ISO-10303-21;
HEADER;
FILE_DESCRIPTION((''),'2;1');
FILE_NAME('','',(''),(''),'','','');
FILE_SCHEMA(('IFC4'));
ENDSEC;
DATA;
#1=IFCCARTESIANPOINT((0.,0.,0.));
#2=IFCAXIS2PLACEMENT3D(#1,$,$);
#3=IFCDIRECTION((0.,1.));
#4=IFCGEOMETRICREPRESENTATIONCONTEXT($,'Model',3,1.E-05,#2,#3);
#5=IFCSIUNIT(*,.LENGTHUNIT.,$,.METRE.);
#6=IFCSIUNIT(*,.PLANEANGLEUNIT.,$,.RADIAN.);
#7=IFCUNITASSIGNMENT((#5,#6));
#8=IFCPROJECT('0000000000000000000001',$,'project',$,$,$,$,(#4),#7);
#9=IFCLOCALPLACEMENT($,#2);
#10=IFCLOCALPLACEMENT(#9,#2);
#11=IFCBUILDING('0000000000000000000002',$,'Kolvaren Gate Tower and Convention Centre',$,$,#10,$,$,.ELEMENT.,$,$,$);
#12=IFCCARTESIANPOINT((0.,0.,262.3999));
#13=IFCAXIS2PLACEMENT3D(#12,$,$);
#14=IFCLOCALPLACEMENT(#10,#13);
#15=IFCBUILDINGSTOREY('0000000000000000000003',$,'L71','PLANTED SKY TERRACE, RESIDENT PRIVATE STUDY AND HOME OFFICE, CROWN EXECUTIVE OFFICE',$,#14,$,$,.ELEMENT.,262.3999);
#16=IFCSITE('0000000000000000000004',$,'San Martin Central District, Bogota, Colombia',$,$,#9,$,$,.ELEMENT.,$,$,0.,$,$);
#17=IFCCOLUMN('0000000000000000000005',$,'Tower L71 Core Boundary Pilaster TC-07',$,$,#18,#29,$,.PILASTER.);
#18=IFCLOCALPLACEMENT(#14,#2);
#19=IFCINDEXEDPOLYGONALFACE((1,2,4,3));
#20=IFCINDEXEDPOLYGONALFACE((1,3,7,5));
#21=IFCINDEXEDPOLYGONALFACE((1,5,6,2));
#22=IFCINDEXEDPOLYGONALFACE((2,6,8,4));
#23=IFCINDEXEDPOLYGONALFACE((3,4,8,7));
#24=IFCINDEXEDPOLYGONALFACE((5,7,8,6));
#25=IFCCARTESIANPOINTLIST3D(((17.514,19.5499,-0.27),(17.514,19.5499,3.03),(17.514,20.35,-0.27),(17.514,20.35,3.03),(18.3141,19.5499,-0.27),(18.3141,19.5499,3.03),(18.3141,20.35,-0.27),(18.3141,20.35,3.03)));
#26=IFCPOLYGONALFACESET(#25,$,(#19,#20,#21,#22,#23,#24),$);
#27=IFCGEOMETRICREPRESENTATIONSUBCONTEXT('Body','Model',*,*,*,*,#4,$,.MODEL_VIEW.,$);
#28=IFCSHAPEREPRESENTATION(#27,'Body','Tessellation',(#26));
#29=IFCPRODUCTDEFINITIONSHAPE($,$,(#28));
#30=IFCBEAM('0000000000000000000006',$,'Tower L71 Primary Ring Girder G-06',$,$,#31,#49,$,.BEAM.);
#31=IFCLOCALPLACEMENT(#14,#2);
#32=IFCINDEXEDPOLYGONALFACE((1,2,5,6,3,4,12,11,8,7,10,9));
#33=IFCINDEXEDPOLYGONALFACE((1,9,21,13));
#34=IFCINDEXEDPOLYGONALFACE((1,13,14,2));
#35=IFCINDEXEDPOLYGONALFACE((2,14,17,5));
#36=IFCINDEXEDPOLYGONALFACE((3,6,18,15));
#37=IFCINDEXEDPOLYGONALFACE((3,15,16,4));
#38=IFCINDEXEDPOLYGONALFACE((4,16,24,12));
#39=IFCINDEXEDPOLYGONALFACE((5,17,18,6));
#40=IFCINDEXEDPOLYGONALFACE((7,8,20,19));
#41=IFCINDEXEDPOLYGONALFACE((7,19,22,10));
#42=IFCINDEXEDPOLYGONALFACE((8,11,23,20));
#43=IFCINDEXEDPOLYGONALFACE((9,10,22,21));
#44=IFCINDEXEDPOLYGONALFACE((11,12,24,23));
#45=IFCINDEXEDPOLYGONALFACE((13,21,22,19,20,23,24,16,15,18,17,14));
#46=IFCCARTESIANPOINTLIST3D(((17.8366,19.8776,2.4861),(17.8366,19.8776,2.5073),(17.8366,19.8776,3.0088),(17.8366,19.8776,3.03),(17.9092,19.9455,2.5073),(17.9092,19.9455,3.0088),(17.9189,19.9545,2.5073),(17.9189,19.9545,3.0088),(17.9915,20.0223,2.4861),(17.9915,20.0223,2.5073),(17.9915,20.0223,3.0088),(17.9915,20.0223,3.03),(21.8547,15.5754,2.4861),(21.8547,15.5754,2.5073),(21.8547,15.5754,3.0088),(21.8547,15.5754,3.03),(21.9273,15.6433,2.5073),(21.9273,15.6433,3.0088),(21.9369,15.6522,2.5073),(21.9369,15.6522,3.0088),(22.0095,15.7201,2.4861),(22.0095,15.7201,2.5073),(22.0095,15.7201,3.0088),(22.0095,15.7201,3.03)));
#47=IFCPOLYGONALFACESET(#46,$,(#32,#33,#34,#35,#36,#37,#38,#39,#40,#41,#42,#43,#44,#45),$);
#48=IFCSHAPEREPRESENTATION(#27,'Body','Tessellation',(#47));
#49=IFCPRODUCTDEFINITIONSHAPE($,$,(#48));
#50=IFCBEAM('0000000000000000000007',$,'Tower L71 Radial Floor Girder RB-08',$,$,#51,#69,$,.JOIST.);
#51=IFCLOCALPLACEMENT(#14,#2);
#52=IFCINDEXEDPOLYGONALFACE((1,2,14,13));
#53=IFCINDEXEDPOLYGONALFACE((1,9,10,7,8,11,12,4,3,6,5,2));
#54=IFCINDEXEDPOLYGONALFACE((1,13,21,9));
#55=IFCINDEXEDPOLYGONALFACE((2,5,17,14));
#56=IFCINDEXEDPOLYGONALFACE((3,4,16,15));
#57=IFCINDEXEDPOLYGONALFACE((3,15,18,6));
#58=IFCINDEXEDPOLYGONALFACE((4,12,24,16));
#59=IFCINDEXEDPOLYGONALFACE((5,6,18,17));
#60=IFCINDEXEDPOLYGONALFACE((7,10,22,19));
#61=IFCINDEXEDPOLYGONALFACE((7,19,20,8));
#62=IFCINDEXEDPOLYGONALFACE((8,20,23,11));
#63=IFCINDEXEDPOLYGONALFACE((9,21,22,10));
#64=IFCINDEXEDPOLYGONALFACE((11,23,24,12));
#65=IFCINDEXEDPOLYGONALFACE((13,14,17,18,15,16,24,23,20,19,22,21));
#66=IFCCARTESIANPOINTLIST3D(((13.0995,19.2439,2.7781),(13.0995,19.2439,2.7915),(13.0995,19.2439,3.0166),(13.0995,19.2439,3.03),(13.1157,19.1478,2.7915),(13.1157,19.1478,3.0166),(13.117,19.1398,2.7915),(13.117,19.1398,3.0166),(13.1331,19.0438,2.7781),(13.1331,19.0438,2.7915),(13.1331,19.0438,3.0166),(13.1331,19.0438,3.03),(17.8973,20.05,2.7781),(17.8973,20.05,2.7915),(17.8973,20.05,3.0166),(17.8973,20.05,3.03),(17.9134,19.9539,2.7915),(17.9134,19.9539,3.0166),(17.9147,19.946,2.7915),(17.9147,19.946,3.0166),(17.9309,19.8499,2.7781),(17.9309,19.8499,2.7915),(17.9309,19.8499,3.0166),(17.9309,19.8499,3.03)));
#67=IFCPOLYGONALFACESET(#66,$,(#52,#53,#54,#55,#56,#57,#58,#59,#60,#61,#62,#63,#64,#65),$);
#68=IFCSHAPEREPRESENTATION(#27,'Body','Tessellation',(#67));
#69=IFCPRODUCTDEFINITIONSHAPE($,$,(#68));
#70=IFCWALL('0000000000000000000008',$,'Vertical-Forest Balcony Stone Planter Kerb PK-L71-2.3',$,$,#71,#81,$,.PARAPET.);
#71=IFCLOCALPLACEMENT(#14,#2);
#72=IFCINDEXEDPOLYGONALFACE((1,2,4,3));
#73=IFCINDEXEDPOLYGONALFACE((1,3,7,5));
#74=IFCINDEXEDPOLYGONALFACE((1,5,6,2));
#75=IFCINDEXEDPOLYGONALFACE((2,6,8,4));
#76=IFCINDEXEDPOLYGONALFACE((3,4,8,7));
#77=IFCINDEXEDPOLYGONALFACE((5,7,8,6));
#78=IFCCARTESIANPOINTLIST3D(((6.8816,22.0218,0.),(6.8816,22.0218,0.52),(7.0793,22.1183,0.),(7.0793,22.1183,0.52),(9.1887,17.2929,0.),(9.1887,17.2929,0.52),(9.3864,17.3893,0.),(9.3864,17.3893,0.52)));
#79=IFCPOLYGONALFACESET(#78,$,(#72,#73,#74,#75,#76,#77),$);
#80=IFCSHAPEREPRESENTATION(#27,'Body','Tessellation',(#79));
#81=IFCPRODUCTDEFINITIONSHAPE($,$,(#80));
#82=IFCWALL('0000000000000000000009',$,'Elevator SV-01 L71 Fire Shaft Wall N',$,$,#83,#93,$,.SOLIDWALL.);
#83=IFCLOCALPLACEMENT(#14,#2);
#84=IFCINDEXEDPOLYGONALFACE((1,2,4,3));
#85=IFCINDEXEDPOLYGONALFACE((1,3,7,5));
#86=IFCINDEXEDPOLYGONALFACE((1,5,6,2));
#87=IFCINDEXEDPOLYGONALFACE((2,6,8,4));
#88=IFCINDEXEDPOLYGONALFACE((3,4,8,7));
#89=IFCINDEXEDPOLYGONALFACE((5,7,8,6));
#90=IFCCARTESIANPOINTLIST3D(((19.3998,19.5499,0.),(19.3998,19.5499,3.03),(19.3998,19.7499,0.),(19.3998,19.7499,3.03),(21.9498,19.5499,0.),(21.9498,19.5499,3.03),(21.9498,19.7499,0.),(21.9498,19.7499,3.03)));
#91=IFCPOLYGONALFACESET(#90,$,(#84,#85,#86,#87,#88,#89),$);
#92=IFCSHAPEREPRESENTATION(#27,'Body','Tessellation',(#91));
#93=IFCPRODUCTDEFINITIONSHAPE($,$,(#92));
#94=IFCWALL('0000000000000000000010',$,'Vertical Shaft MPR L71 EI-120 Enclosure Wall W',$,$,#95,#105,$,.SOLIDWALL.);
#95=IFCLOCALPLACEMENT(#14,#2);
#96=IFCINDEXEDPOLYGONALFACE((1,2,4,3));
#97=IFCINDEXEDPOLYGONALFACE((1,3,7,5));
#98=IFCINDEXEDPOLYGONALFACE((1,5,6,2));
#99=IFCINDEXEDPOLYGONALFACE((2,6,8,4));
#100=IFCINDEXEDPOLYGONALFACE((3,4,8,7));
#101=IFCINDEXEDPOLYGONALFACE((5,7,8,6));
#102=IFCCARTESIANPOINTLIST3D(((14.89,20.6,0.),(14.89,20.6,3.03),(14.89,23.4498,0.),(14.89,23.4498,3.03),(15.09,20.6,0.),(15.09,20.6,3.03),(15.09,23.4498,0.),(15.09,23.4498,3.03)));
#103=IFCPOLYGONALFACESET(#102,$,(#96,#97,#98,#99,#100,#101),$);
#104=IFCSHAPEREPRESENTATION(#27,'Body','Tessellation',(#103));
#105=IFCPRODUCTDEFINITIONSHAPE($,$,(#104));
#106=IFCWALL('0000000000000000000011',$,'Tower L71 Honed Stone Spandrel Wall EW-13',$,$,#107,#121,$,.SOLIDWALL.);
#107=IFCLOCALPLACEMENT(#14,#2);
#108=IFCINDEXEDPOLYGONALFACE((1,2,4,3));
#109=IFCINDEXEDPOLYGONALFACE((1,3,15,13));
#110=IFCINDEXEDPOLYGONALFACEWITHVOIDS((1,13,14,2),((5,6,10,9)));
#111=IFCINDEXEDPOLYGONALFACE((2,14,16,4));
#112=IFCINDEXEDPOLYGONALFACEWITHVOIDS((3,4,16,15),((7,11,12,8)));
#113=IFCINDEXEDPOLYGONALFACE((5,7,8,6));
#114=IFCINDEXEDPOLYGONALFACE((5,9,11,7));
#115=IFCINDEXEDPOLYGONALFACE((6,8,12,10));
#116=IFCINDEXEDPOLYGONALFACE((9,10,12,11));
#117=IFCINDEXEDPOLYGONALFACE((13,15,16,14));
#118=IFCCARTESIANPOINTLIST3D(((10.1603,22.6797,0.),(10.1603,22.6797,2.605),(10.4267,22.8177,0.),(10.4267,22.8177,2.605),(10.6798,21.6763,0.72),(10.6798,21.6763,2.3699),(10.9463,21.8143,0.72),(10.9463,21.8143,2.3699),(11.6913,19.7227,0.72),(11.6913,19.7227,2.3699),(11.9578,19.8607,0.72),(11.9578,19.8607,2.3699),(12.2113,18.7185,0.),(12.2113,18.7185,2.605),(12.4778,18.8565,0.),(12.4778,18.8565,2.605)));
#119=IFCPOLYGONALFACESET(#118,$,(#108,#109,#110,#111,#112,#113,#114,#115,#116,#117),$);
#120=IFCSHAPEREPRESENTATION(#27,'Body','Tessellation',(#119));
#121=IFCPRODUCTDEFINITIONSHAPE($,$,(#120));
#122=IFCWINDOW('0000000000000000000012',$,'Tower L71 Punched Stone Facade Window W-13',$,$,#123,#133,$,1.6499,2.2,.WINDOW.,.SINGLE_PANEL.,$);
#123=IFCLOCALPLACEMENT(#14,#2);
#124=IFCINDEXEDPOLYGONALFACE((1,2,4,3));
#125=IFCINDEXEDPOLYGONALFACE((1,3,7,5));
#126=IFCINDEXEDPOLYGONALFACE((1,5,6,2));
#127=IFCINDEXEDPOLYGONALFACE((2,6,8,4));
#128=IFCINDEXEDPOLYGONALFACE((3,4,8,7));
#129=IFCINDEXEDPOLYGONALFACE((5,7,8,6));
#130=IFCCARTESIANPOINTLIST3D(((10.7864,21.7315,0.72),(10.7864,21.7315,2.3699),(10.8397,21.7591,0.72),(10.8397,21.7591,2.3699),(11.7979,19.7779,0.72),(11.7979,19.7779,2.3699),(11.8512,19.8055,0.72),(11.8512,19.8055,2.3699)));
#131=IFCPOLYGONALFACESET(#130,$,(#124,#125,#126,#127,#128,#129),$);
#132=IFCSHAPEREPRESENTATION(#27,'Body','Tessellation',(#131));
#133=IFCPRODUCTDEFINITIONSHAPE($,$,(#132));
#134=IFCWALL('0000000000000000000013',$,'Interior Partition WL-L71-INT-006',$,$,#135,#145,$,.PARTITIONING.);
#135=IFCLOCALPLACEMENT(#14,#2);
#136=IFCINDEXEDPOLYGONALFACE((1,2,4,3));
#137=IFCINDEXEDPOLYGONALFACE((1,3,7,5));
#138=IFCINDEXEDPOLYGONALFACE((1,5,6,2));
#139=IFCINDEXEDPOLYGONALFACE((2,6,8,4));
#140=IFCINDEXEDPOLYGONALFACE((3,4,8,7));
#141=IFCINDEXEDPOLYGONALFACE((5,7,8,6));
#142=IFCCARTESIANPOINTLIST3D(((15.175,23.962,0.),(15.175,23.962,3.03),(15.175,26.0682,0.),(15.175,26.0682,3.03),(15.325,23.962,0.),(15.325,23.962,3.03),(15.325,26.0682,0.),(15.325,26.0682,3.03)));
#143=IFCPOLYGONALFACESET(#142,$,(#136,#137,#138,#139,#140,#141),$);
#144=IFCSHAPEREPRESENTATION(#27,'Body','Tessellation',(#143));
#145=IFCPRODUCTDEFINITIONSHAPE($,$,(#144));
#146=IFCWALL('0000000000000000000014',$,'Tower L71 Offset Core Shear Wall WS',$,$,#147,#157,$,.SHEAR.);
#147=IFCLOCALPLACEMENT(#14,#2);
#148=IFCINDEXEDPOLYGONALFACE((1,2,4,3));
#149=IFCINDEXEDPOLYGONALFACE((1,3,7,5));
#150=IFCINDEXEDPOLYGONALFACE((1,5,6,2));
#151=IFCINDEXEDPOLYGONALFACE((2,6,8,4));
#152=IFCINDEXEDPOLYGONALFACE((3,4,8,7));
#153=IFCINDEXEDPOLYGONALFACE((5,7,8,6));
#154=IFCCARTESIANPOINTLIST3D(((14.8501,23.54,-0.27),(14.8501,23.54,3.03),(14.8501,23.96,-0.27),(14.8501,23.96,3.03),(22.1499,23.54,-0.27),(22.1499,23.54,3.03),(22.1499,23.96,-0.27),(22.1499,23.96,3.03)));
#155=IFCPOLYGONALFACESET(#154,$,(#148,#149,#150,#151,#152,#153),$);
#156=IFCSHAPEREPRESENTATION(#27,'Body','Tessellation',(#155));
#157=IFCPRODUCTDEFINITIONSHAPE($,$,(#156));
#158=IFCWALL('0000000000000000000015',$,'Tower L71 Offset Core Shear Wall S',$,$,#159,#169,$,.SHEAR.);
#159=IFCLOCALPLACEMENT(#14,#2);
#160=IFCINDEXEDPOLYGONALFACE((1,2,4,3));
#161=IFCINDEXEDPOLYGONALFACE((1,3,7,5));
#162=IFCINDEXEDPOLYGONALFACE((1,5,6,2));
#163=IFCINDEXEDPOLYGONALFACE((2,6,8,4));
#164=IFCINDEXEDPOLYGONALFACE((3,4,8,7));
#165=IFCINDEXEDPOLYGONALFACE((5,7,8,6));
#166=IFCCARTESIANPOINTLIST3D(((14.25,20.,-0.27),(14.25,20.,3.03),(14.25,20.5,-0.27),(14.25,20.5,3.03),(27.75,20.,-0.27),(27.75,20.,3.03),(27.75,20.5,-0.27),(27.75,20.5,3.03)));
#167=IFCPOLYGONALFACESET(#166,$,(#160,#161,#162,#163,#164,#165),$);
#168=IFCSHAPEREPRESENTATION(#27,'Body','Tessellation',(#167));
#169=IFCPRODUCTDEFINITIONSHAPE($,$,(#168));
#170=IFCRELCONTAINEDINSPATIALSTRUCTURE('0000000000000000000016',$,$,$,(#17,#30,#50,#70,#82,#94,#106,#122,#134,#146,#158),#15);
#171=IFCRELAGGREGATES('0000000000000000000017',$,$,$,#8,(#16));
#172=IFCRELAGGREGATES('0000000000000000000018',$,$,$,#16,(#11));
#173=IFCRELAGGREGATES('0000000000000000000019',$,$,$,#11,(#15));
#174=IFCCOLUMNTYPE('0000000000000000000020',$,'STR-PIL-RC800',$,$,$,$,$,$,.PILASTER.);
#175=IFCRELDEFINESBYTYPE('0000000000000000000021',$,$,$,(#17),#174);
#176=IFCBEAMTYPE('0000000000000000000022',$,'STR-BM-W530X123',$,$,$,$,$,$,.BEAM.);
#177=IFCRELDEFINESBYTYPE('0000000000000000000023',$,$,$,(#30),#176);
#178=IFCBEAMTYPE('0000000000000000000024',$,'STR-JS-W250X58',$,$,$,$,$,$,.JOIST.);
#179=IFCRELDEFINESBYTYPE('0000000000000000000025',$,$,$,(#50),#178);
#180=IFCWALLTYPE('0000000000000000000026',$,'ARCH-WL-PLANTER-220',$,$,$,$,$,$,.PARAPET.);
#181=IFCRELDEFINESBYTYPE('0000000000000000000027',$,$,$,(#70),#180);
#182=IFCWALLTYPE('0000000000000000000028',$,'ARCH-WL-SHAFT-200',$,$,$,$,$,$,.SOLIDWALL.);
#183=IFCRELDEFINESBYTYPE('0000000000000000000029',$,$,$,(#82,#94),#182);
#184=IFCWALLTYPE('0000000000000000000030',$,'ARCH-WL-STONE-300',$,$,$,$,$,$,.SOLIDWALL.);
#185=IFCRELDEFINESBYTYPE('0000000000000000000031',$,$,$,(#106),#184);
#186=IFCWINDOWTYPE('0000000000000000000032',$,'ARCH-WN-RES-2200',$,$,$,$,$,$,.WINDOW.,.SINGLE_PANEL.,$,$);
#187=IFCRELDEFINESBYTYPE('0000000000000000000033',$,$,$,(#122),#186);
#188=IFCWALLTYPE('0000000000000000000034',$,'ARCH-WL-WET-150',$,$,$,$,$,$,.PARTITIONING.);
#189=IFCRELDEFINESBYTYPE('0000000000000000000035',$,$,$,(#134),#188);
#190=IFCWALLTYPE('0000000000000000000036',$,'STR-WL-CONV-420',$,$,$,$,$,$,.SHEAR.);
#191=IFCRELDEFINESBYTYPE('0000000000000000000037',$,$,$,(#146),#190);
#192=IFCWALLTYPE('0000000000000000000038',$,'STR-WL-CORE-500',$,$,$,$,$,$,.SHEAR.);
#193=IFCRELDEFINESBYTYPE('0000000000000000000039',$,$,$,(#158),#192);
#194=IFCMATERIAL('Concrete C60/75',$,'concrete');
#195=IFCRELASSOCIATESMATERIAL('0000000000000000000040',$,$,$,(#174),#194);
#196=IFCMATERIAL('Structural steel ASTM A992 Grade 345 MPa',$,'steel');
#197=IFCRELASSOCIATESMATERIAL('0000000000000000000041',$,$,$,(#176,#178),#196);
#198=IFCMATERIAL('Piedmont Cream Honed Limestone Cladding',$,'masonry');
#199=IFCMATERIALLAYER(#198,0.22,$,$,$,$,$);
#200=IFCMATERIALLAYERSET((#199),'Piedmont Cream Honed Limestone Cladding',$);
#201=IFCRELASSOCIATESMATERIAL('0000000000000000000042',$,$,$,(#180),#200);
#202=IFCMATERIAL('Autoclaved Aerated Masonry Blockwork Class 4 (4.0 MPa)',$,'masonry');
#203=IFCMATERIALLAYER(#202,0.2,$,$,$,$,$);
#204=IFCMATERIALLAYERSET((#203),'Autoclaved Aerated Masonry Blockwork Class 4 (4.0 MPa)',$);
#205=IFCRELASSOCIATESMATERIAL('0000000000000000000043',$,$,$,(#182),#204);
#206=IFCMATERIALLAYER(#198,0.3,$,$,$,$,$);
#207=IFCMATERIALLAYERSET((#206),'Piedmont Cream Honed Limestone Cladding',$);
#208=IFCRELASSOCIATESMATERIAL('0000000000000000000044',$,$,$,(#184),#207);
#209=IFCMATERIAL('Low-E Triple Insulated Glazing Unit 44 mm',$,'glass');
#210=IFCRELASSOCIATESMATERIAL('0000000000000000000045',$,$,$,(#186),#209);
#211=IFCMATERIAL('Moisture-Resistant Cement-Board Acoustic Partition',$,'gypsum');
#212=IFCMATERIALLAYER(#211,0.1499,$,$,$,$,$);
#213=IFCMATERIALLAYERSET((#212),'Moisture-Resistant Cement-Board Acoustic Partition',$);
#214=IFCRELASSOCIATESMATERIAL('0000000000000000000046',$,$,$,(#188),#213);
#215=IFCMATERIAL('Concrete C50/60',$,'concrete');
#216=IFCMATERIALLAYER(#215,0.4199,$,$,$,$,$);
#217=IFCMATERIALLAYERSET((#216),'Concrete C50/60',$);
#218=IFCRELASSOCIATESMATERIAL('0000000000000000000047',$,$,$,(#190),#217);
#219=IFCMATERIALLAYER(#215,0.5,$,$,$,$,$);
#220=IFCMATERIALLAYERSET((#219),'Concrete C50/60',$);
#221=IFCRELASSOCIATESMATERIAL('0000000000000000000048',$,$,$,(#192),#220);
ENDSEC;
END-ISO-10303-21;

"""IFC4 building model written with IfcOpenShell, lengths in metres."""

from ifc_helpers import new_model, si_unit, direction, frame, frame_2d, origin, origin_2d, place, context, subcontext, project, spatial, rectangle, i_section, extrude, material, layer, layer_set, material_profile, profile_set, type_object, element, fill, save


model = new_model("IFC4")

# Units and contexts
model_context = context("Model", 3, precision=1e-05, world=origin(), true_north=direction((0.0, 1.0)))
body_context = subcontext(model_context, "Body", "Model", "MODEL_VIEW")
ifc_project = project(units=[si_unit("LENGTHUNIT", "METRE"), si_unit("PLANEANGLEUNIT", "RADIAN")], contexts=[model_context])

# Site, building, storey
site_placement = place(None, origin())
site = spatial("IfcSite", under=ifc_project, at=site_placement, Name="San Martin Central District, Bogota, Colombia", CompositionType="ELEMENT", RefElevation=0.0)
building_placement = place(site_placement, origin())
building = spatial("IfcBuilding", under=site, at=building_placement, Name="Kolvaren Gate Tower and Convention Centre", CompositionType="ELEMENT")
storey_placement = place(building_placement, frame((0.0, 0.0, 262.3999)))
storey = spatial("IfcBuildingStorey", under=building, at=storey_placement, Name="L71", Description="PLANTED SKY TERRACE, RESIDENT PRIVATE STUDY AND HOME OFFICE, CROWN EXECUTIVE OFFICE", CompositionType="ELEMENT", Elevation=262.3999)

# Column
ifc_material_1 = material(Name="Concrete C60/75", Category="concrete")
ifc_material_profile_1 = material_profile(ifc_material_1, rectangle(XDim=0.8, YDim=0.8, at=origin_2d()), Name="RC-COL-800X800")
ifc_profile_set_1 = profile_set([ifc_material_profile_1], Name="Concrete C60/75")
column_type = type_object("IfcColumnType", Name="STR-PIL-RC800", PredefinedType="PILASTER", material=ifc_profile_set_1)
column_placement = place(storey_placement, frame((17.9141, 19.95, -0.27), z_axis=(0.0, 0.0, 1.0), x_axis=(1.0, 0.0, 0.0)))
element("IfcColumn", 1, at=column_placement, inside=storey, type_object=column_type, Name="Tower L71 Core Boundary Pilaster TC-07", PredefinedType="PILASTER", context=body_context, shape_type="SweptSolid", body=[
    extrude(rectangle(XDim=0.8, YDim=0.8, at=origin_2d()), origin(), (0.0, 0.0, 1.0), 3.3),
])

# Beams
ifc_material_2 = material(Name="Structural steel ASTM A992 Grade 345 MPa", Category="steel")
ifc_material_profile_2 = material_profile(ifc_material_2, i_section(OverallWidth=0.2119, OverallDepth=0.5439, WebThickness=0.0132, FlangeThickness=0.0212, at=origin_2d()), Name="W530X123")
ifc_profile_set_2 = profile_set([ifc_material_profile_2], Name="Structural steel ASTM A992 Grade 345 MPa")
beam_type_1 = type_object("IfcBeamType", Name="STR-BM-W530X123", PredefinedType="BEAM", material=ifc_profile_set_2)
beam_1_placement = place(storey_placement, frame((17.9141, 19.95, 2.7581), z_axis=(0.682558, -0.730832, 0.0), x_axis=(0.730832, 0.682558, 0.0)))
element("IfcBeam", 2, at=beam_1_placement, inside=storey, type_object=beam_type_1, Name="Tower L71 Primary Ring Girder G-06", PredefinedType="BEAM", context=body_context, shape_type="SweptSolid", body=[
    extrude(i_section(OverallWidth=0.2119, OverallDepth=0.5439, WebThickness=0.0132, FlangeThickness=0.0212, at=origin_2d()), origin(), (0.0, 0.0, 1.0), 5.8867),
])
ifc_material_profile_3 = material_profile(ifc_material_2, i_section(OverallWidth=0.2029, OverallDepth=0.252, WebThickness=0.0081, FlangeThickness=0.0134, at=origin_2d()), Name="W250X58")
ifc_profile_set_3 = profile_set([ifc_material_profile_3], Name="Structural steel ASTM A992 Grade 345 MPa")
beam_type_2 = type_object("IfcBeamType", Name="STR-JS-W250X58", PredefinedType="JOIST", material=ifc_profile_set_3)
beam_2_placement = place(storey_placement, frame((17.9141, 19.95, 2.9041), z_axis=(-0.986176, -0.165701, 0.0), x_axis=(0.165701, -0.986176, 0.0)))
element("IfcBeam", 3, at=beam_2_placement, inside=storey, type_object=beam_type_2, Name="Tower L71 Radial Floor Girder RB-08", PredefinedType="JOIST", context=body_context, shape_type="SweptSolid", body=[
    extrude(i_section(OverallWidth=0.2029, OverallDepth=0.252, WebThickness=0.0081, FlangeThickness=0.0134, at=origin_2d()), origin(), (0.0, 0.0, 1.0), 4.865),
])

# Walls
ifc_material_3 = material(Name="Piedmont Cream Honed Limestone Cladding", Category="masonry")
ifc_layer_1 = layer(ifc_material_3, 0.22)
ifc_layer_set_1 = layer_set([ifc_layer_1], Name="Piedmont Cream Honed Limestone Cladding")
wall_type_1 = type_object("IfcWallType", Name="ARCH-WL-PLANTER-220", PredefinedType="PARAPET", material=ifc_layer_set_1)
wall_1_placement = place(storey_placement, frame((6.9805, 22.0701, 0.0), z_axis=(0.0, 0.0, 1.0), x_axis=(0.438469, -0.898746, 0.0)))
element("IfcWall", 4, at=wall_1_placement, inside=storey, type_object=wall_type_1, Name="Vertical-Forest Balcony Stone Planter Kerb PK-L71-2.3", PredefinedType="PARAPET", context=body_context, shape_type="SweptSolid", body=[
    extrude(rectangle(XDim=5.2617, YDim=0.22, at=frame_2d((2.6309, 0.0))), origin(), (0.0, 0.0, 1.0), 0.52),
])
ifc_material_4 = material(Name="Autoclaved Aerated Masonry Blockwork Class 4 (4.0 MPa)", Category="masonry")
ifc_layer_2 = layer(ifc_material_4, 0.2)
ifc_layer_set_2 = layer_set([ifc_layer_2], Name="Autoclaved Aerated Masonry Blockwork Class 4 (4.0 MPa)")
wall_type_2 = type_object("IfcWallType", Name="ARCH-WL-SHAFT-200", PredefinedType="SOLIDWALL", material=ifc_layer_set_2)
wall_2_placement = place(storey_placement, frame((19.3999, 19.6499, 0.0), z_axis=(0.0, 0.0, 1.0), x_axis=(1.0, 0.0, 0.0)))
element("IfcWall", 5, at=wall_2_placement, inside=storey, type_object=wall_type_2, Name="Elevator SV-01 L71 Fire Shaft Wall N", PredefinedType="SOLIDWALL", context=body_context, shape_type="SweptSolid", body=[
    extrude(rectangle(XDim=2.55, YDim=0.2, at=frame_2d((1.2749, 0.0))), origin(), (0.0, 0.0, 1.0), 3.03),
])
wall_3_placement = place(storey_placement, frame((14.99, 20.6001, 0.0), z_axis=(0.0, 0.0, 1.0), x_axis=(0.0, 1.0, 0.0)))
element("IfcWall", 6, at=wall_3_placement, inside=storey, type_object=wall_type_2, Name="Vertical Shaft MPR L71 EI-120 Enclosure Wall W", PredefinedType="SOLIDWALL", context=body_context, shape_type="SweptSolid", body=[
    extrude(rectangle(XDim=2.8499, YDim=0.2, at=frame_2d((1.4248, 0.0))), origin(), (0.0, 0.0, 1.0), 3.03),
])

# Wall, opening, window
ifc_layer_3 = layer(ifc_material_3, 0.3)
ifc_layer_set_3 = layer_set([ifc_layer_3], Name="Piedmont Cream Honed Limestone Cladding")
wall_type_3 = type_object("IfcWallType", Name="ARCH-WL-STONE-300", PredefinedType="SOLIDWALL", material=ifc_layer_set_3)
wall_4_placement = place(storey_placement, frame((10.2935, 22.7488, 0.0), z_axis=(0.0, 0.0, 1.0), x_axis=(0.459801, -0.888022, 0.0)))
wall_4 = element("IfcWall", 7, at=wall_4_placement, inside=storey, type_object=wall_type_3, Name="Tower L71 Honed Stone Spandrel Wall EW-13", PredefinedType="SOLIDWALL", context=body_context, shape_type="SweptSolid", body=[
    extrude(rectangle(XDim=4.4607, YDim=0.3, at=frame_2d((2.2305, 0.0))), origin(), (0.0, 0.0, 1.0), 2.605),
])
opening_placement = place(wall_4_placement, frame((1.1299, 0.0, 0.72)))
opening = element("IfcOpeningElement", 8, at=opening_placement, cuts=wall_4, PredefinedType="OPENING", context=body_context, shape_type="SweptSolid", body=[
    extrude(rectangle(XDim=2.2, YDim=1.6499, at=frame_2d((1.1001, 0.825))), frame((0.0, 0.1599, 0.0), z_axis=(0.0, -1.0, 0.0), x_axis=(1.0, 0.0, 0.0)), (0.0, 0.0, 1.0), 0.3201),
])
ifc_material_5 = material(Name="Low-E Triple Insulated Glazing Unit 44 mm", Category="glass")
window_type = type_object("IfcWindowType", Name="ARCH-WN-RES-2200", PartitioningType="SINGLE_PANEL", PredefinedType="WINDOW", material=ifc_material_5)
window_placement = place(opening_placement, origin())
window = element("IfcWindow", 9, at=window_placement, inside=storey, type_object=window_type, Name="Tower L71 Punched Stone Facade Window W-13", OverallHeight=1.6499, OverallWidth=2.2, PartitioningType="SINGLE_PANEL", PredefinedType="WINDOW", context=body_context, shape_type="SweptSolid", body=[
    extrude(rectangle(XDim=2.2, YDim=1.6499, at=frame_2d((1.1001, 0.825))), frame((0.0, 0.03, 0.0), z_axis=(0.0, -1.0, 0.0), x_axis=(1.0, 0.0, 0.0)), (0.0, 0.0, 1.0), 0.0601),
])
fill(opening, window)

# Walls
ifc_material_6 = material(Name="Moisture-Resistant Cement-Board Acoustic Partition", Category="gypsum")
ifc_layer_4 = layer(ifc_material_6, 0.1499)
ifc_layer_set_4 = layer_set([ifc_layer_4], Name="Moisture-Resistant Cement-Board Acoustic Partition")
wall_type_4 = type_object("IfcWallType", Name="ARCH-WL-WET-150", PredefinedType="PARTITIONING", material=ifc_layer_set_4)
wall_5_placement = place(storey_placement, frame((15.25, 23.9619, 0.0), z_axis=(0.0, 0.0, 1.0), x_axis=(0.0, 1.0, 0.0)))
element("IfcWall", 10, at=wall_5_placement, inside=storey, type_object=wall_type_4, Name="Interior Partition WL-L71-INT-006", PredefinedType="PARTITIONING", context=body_context, shape_type="SweptSolid", body=[
    extrude(rectangle(XDim=2.1062, YDim=0.1499, at=frame_2d((1.0532, 0.0))), origin(), (0.0, 0.0, 1.0), 3.03),
])
ifc_material_7 = material(Name="Concrete C50/60", Category="concrete")
ifc_layer_5 = layer(ifc_material_7, 0.4199)
ifc_layer_set_5 = layer_set([ifc_layer_5], Name="Concrete C50/60")
wall_type_5 = type_object("IfcWallType", Name="STR-WL-CONV-420", PredefinedType="SHEAR", material=ifc_layer_set_5)
wall_6_placement = place(storey_placement, frame((14.8501, 23.75, -0.27), z_axis=(0.0, 0.0, 1.0), x_axis=(1.0, 0.0, 0.0)))
element("IfcWall", 11, at=wall_6_placement, inside=storey, type_object=wall_type_5, Name="Tower L71 Offset Core Shear Wall WS", PredefinedType="SHEAR", context=body_context, shape_type="SweptSolid", body=[
    extrude(rectangle(XDim=7.2998, YDim=0.4199, at=frame_2d((3.6499, 0.0))), origin(), (0.0, 0.0, 1.0), 3.3),
])
ifc_layer_6 = layer(ifc_material_7, 0.5)
ifc_layer_set_6 = layer_set([ifc_layer_6], Name="Concrete C50/60")
wall_type_6 = type_object("IfcWallType", Name="STR-WL-CORE-500", PredefinedType="SHEAR", material=ifc_layer_set_6)
wall_7_placement = place(storey_placement, frame((14.25, 20.25, -0.27), z_axis=(0.0, 0.0, 1.0), x_axis=(1.0, 0.0, 0.0)))
element("IfcWall", 12, at=wall_7_placement, inside=storey, type_object=wall_type_6, Name="Tower L71 Offset Core Shear Wall S", PredefinedType="SHEAR", context=body_context, shape_type="SweptSolid", body=[
    extrude(rectangle(XDim=13.5, YDim=0.5, at=frame_2d((6.75, 0.0))), origin(), (0.0, 0.0, 1.0), 3.3),
])

save(model, "model.ifc")
